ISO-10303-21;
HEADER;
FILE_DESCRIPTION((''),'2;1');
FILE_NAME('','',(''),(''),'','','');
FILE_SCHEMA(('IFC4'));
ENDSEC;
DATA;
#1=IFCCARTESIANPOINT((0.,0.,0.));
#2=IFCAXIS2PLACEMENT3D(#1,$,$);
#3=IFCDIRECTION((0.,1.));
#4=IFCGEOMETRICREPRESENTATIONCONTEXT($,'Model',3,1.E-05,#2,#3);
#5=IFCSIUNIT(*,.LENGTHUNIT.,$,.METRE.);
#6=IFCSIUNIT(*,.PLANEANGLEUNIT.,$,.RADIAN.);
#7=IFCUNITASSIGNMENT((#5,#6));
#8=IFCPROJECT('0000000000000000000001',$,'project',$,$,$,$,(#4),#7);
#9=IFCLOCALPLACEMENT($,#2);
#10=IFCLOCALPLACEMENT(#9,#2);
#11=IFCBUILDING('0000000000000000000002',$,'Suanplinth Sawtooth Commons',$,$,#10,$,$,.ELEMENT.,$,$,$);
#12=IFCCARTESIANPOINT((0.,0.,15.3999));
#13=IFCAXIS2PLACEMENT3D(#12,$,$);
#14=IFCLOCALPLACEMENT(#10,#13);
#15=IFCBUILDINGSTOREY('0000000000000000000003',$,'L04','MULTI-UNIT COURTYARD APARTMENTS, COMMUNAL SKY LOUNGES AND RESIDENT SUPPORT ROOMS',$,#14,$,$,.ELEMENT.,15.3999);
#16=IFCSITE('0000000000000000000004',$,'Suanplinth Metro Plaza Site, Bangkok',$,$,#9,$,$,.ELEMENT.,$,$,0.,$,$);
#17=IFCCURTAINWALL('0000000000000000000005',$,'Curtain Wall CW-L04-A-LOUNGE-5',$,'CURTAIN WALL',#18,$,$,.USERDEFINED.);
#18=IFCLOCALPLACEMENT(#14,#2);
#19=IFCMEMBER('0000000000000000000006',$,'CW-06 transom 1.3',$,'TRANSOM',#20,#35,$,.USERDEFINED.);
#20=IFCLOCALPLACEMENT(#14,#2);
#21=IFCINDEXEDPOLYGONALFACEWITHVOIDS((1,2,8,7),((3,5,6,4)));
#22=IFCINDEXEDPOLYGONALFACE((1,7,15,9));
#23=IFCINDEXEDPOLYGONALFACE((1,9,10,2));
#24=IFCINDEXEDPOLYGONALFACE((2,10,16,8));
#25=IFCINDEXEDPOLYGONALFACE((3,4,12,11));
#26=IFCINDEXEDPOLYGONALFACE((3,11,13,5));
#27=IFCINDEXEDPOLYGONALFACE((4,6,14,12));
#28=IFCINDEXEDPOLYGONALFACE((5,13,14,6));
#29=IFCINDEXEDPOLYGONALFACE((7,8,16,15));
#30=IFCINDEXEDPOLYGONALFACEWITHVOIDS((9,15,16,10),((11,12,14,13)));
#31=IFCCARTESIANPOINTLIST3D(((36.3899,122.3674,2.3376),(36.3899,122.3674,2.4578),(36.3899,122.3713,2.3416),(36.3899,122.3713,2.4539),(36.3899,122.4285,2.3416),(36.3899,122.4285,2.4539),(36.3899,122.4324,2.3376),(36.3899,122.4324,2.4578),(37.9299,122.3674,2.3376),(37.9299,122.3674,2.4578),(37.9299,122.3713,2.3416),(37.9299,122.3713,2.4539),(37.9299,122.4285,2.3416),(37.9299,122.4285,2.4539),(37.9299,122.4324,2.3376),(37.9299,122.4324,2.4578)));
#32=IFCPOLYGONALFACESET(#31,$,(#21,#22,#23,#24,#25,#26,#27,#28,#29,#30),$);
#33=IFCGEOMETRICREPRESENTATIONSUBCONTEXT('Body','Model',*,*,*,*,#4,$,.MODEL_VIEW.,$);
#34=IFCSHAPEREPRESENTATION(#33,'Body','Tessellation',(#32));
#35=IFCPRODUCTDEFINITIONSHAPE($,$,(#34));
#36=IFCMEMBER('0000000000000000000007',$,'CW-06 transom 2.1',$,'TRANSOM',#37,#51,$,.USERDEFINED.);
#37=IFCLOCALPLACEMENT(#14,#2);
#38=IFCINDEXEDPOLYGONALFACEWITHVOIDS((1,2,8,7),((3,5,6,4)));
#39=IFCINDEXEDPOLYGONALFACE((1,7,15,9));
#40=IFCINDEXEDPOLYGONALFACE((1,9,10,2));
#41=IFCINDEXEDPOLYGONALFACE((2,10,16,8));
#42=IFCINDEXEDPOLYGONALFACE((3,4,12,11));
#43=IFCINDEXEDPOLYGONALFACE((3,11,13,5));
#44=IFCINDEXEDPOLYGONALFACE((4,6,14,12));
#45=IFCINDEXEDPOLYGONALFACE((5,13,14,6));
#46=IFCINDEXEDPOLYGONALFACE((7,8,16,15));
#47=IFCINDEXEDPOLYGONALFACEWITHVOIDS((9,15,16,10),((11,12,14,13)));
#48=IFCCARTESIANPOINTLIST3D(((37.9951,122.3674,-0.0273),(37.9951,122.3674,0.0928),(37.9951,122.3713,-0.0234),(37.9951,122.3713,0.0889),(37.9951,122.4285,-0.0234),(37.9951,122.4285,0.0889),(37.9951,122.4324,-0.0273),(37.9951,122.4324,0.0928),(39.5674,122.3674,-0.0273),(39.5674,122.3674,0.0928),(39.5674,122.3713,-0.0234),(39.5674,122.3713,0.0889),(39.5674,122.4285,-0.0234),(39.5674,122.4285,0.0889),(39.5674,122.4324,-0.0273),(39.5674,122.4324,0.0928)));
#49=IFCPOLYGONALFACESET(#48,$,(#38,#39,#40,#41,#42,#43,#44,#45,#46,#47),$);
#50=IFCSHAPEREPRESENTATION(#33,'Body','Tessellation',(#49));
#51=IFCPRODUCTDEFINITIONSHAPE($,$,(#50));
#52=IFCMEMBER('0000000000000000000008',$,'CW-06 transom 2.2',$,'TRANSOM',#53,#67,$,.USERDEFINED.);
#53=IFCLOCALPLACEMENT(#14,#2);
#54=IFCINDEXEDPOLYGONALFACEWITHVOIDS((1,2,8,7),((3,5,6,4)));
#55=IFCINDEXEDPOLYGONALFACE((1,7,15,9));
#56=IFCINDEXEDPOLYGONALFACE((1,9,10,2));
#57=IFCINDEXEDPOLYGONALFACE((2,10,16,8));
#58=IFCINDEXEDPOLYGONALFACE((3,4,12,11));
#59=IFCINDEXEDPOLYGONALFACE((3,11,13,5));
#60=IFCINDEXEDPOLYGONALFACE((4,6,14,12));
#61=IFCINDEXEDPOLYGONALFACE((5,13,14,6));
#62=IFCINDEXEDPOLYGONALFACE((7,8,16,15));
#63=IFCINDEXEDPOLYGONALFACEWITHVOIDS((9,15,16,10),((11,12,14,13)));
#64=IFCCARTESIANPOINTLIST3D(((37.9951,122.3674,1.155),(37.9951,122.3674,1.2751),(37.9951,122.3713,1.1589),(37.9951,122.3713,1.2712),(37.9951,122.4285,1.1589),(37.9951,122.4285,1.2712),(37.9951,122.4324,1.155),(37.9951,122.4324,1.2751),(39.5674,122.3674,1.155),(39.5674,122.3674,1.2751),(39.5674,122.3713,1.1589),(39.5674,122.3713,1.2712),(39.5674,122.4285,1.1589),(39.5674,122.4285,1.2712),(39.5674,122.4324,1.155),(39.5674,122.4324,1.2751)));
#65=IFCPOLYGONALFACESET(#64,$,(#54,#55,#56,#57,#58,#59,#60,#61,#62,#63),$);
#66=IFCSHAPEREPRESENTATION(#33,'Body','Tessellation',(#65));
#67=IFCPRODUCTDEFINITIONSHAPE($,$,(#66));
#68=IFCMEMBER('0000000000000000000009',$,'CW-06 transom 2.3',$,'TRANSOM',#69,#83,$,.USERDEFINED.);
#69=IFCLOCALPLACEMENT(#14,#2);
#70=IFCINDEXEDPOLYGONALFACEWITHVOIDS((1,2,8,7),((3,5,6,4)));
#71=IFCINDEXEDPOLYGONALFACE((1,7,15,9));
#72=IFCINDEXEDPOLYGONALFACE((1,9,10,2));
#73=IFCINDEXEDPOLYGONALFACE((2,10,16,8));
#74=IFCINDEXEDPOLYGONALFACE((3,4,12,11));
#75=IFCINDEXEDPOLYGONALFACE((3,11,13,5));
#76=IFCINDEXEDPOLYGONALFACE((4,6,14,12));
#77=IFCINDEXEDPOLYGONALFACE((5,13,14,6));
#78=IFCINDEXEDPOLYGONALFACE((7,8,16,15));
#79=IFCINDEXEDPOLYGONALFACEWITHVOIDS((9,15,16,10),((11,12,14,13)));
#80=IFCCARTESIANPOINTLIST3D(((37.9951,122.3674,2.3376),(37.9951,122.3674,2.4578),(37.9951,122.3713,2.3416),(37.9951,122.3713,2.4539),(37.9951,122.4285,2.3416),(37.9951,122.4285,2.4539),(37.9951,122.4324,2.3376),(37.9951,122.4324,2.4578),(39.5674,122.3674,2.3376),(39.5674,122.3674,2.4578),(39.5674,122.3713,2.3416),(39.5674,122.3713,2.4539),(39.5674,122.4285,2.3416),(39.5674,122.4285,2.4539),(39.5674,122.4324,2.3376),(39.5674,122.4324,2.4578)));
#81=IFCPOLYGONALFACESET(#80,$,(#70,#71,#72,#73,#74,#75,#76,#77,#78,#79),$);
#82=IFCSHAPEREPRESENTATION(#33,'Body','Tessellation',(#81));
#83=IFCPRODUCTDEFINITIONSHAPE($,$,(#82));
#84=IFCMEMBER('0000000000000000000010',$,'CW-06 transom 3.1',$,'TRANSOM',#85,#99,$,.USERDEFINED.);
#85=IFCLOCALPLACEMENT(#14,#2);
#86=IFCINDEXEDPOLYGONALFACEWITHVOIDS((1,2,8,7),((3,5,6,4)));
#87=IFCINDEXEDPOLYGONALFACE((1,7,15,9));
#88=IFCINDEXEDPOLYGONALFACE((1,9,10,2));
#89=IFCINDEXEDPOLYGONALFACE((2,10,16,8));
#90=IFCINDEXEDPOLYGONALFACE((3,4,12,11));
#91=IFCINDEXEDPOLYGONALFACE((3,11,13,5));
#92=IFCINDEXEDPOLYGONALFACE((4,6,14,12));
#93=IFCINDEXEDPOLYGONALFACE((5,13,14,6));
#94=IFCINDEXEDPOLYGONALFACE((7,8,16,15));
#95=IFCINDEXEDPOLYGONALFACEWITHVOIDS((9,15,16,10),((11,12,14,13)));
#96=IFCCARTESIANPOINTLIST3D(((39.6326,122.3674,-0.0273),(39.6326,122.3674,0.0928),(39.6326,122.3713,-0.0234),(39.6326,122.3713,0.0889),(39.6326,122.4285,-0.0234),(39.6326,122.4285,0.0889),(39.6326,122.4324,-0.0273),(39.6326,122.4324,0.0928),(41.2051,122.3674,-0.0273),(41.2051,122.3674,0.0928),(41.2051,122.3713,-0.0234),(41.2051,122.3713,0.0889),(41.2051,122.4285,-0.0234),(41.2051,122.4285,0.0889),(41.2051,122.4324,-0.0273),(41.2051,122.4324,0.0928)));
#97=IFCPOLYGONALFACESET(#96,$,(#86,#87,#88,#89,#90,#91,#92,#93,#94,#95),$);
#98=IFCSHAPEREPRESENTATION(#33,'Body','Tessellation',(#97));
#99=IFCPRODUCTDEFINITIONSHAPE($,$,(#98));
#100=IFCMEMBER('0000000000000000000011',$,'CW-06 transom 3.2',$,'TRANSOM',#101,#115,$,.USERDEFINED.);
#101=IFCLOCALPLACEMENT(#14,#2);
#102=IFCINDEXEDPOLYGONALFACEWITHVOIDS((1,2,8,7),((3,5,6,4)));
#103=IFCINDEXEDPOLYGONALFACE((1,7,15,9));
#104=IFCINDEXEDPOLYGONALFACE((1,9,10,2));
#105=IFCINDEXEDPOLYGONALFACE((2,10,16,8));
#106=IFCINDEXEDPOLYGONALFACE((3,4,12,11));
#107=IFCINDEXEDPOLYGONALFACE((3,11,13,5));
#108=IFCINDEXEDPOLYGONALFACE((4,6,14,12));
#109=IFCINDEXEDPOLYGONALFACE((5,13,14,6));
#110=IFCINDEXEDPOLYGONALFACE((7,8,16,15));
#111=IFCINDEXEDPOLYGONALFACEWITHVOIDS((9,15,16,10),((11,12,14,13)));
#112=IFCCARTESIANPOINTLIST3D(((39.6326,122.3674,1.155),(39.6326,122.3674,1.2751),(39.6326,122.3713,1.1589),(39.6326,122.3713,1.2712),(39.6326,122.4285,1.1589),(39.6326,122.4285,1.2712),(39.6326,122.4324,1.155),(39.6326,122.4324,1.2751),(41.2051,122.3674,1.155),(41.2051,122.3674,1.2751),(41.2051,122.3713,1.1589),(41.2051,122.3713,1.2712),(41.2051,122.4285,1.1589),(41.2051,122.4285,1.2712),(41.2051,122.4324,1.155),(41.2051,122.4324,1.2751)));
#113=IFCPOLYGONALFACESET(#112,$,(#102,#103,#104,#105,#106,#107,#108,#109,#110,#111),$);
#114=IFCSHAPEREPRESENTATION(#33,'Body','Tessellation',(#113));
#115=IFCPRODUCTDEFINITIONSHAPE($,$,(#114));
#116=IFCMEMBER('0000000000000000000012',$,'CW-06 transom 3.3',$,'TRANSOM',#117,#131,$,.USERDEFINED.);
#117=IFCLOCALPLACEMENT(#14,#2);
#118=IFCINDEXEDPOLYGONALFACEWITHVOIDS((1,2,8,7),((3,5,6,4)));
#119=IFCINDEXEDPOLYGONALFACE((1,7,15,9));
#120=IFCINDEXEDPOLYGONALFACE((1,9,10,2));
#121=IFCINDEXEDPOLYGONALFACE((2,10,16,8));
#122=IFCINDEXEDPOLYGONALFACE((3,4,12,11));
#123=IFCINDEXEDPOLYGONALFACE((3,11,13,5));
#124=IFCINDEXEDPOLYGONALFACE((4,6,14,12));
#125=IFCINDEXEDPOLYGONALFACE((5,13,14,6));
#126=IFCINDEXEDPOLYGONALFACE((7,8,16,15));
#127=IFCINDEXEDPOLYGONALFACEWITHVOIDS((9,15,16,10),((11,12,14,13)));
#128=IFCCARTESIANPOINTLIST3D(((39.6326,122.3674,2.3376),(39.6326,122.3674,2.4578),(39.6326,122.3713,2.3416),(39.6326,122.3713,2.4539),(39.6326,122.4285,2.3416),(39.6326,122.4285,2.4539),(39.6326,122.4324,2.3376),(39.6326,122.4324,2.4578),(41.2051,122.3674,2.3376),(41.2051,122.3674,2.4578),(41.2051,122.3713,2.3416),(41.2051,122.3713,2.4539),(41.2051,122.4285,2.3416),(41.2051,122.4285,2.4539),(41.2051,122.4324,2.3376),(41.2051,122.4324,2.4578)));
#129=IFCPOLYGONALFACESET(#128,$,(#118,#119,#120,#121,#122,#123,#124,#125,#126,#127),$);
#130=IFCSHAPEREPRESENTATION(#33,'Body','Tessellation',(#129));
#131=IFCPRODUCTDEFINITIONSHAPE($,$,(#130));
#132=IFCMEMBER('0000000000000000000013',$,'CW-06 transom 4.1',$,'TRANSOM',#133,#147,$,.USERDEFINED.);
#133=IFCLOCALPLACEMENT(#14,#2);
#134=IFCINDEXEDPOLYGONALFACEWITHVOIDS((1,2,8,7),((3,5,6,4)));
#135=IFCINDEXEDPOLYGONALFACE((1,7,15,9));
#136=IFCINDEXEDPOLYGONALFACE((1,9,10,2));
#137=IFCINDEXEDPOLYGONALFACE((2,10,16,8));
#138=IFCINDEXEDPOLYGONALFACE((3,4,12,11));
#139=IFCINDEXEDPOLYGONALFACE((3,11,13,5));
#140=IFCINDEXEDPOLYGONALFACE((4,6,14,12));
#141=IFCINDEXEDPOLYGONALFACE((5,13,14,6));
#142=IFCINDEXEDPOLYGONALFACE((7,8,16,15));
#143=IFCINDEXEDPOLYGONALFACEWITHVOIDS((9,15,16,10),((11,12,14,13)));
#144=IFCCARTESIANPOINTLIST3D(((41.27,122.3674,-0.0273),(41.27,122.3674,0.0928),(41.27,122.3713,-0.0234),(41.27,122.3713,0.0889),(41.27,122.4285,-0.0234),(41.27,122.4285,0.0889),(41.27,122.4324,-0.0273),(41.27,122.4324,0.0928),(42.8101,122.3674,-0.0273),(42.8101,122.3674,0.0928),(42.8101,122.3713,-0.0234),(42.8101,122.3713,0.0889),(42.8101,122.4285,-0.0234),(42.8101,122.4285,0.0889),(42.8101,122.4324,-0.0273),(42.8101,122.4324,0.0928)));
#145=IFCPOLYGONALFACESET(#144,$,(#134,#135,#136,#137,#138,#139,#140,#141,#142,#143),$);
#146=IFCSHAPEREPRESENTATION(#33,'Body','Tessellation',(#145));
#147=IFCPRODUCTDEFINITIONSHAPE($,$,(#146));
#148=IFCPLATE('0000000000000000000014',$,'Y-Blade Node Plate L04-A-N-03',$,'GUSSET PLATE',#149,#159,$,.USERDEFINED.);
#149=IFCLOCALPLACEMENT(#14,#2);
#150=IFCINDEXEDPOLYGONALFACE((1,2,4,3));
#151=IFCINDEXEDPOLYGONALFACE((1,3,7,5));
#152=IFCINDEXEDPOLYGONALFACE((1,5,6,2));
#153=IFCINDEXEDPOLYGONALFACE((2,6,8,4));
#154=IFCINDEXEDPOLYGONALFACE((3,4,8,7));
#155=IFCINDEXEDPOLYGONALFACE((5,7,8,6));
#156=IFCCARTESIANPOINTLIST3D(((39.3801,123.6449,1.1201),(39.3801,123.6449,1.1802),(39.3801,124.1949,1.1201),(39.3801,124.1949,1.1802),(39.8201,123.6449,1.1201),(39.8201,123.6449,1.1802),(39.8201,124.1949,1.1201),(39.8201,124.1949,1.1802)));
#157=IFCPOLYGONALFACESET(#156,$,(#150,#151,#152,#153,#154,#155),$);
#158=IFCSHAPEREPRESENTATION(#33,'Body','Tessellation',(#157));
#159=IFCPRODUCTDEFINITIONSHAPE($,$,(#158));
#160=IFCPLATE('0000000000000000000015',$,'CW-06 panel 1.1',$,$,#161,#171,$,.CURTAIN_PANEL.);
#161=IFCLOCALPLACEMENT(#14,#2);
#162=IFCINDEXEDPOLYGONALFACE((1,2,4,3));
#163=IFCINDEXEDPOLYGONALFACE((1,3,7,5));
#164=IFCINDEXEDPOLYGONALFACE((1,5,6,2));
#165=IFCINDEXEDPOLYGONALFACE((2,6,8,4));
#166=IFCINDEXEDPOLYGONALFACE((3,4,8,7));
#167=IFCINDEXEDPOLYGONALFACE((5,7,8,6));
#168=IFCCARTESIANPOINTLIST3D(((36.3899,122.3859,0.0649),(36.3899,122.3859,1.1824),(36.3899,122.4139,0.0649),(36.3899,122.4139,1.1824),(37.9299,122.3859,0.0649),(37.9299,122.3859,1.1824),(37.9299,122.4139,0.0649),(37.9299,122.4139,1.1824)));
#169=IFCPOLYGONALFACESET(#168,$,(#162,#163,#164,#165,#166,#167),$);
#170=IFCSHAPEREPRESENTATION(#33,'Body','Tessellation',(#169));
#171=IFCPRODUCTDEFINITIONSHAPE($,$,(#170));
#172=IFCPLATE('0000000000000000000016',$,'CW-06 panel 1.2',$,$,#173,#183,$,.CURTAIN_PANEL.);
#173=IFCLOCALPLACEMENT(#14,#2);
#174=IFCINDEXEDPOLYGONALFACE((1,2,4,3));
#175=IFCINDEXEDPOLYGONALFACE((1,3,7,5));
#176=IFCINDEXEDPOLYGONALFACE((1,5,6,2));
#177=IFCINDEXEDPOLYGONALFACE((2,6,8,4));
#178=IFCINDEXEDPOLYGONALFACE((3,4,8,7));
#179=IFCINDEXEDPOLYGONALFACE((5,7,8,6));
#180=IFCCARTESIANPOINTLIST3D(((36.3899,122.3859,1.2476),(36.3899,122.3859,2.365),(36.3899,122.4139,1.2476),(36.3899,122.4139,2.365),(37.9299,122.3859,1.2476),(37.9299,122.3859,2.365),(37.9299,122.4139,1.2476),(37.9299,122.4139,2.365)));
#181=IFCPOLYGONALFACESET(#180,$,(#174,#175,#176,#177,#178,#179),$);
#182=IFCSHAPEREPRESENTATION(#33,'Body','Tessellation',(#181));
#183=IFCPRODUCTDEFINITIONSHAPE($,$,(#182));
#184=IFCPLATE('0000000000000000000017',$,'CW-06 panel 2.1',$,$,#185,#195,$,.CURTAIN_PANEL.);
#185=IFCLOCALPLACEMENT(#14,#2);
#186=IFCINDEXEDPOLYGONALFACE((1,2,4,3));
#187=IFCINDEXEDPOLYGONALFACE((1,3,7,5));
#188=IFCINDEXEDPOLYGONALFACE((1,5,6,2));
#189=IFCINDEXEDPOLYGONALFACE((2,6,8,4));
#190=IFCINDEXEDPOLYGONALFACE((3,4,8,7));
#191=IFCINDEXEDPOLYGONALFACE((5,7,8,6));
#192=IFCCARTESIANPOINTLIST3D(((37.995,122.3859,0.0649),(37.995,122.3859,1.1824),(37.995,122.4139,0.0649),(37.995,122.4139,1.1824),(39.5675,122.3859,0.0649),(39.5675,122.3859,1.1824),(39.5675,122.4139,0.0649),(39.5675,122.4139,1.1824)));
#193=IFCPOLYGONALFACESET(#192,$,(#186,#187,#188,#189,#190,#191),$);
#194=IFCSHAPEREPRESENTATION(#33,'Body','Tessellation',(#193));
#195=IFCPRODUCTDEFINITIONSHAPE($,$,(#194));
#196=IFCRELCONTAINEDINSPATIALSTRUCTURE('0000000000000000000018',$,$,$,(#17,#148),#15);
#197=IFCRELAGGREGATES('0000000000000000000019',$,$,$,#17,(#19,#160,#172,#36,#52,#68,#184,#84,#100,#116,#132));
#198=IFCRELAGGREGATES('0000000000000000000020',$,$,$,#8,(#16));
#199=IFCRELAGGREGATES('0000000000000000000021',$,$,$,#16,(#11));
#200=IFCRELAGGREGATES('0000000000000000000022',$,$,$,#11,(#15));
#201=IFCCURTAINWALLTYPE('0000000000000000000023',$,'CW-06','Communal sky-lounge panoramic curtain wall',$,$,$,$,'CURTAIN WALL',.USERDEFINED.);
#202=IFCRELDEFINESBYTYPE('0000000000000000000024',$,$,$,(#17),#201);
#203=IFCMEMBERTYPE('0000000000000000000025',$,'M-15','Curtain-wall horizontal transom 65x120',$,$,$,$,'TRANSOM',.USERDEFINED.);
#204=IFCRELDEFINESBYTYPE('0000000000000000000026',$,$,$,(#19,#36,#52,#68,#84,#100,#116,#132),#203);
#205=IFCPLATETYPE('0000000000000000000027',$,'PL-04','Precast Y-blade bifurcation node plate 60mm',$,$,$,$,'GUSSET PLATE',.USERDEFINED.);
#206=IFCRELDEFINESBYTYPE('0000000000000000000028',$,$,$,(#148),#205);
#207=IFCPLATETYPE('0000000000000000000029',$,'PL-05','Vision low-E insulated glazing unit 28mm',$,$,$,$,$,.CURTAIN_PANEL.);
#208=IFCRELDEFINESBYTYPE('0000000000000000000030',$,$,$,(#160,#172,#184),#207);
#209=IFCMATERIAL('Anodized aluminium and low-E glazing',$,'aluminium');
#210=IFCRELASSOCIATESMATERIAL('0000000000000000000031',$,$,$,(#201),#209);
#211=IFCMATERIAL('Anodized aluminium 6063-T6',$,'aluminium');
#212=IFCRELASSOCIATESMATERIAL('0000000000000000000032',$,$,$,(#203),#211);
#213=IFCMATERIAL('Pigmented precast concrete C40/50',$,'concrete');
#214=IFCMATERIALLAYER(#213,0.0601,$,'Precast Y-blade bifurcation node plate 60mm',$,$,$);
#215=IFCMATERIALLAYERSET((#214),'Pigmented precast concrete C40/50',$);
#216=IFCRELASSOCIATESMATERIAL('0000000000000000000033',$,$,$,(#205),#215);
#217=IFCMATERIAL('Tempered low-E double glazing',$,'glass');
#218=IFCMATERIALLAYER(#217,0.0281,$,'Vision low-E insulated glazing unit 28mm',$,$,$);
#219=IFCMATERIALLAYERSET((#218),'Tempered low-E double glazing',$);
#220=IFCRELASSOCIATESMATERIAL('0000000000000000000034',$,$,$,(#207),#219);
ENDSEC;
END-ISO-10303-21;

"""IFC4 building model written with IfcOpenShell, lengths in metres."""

from ifc_helpers import new_model, si_unit, direction, frame, origin, origin_2d, place, context, subcontext, project, spatial, rectangle, hollow_rectangle, extrude, material, layer, layer_set, material_profile, profile_set, type_object, element, aggregate, save


model = new_model("IFC4")

# Units and contexts
model_context = context("Model", 3, precision=1e-05, world=origin(), true_north=direction((0.0, 1.0)))
body_context = subcontext(model_context, "Body", "Model", "MODEL_VIEW")
ifc_project = project(units=[si_unit("LENGTHUNIT", "METRE"), si_unit("PLANEANGLEUNIT", "RADIAN")], contexts=[model_context])

# Site, building, storey
site_placement = place(None, origin())
site = spatial("IfcSite", under=ifc_project, at=site_placement, Name="Suanplinth Metro Plaza Site, Bangkok", CompositionType="ELEMENT", RefElevation=0.0)
building_placement = place(site_placement, origin())
building = spatial("IfcBuilding", under=site, at=building_placement, Name="Suanplinth Sawtooth Commons", CompositionType="ELEMENT")
storey_placement = place(building_placement, frame((0.0, 0.0, 15.3999)))
storey = spatial("IfcBuildingStorey", under=building, at=storey_placement, Name="L04", Description="MULTI-UNIT COURTYARD APARTMENTS, COMMUNAL SKY LOUNGES AND RESIDENT SUPPORT ROOMS", CompositionType="ELEMENT", Elevation=15.3999)

# Shared definitions
ifc_material_1 = material(Name="Pigmented precast concrete C40/50", Category="concrete")

# Curtain wall, members
ifc_material_2 = material(Name="Anodized aluminium and low-E glazing", Category="aluminium")
curtain_wall_type = type_object("IfcCurtainWallType", Name="CW-06", Description="Communal sky-lounge panoramic curtain wall", ElementType="CURTAIN WALL", PredefinedType="USERDEFINED", material=ifc_material_2)
curtain_wall_placement = place(storey_placement, origin())
curtain_wall = element("IfcCurtainWall", 1, at=curtain_wall_placement, inside=storey, type_object=curtain_wall_type, Name="Curtain Wall CW-L04-A-LOUNGE-5", ObjectType="CURTAIN WALL", PredefinedType="USERDEFINED")
ifc_material_3 = material(Name="Anodized aluminium 6063-T6", Category="aluminium")
ifc_material_profile_1 = material_profile(ifc_material_3, hollow_rectangle(XDim=0.0649, YDim=0.1201, WallThickness=0.0039, at=origin_2d()), Name="ALU-TRN 65x120")
ifc_profile_set_1 = profile_set([ifc_material_profile_1], Name="Anodized aluminium 6063-T6")
member_type_1 = type_object("IfcMemberType", Name="M-15", Description="Curtain-wall horizontal transom 65x120", ElementType="TRANSOM", PredefinedType="USERDEFINED", material=ifc_profile_set_1)
member_1_placement = place(storey_placement, frame((36.3899, 122.3999, 2.3977), z_axis=(1.0, 0.0, 0.0), x_axis=(0.0, 1.0, 0.0)))
member_1 = element("IfcMember", 2, at=member_1_placement, type_object=member_type_1, Name="CW-06 transom 1.3", ObjectType="TRANSOM", PredefinedType="USERDEFINED", context=body_context, shape_type="SweptSolid", body=[
    extrude(hollow_rectangle(XDim=0.0649, YDim=0.1201, WallThickness=0.0039, at=origin_2d()), origin(), (0.0, 0.0, 1.0), 1.54),
])
member_2_placement = place(storey_placement, frame((37.9951, 122.3999, 0.0327), z_axis=(1.0, 0.0, 0.0), x_axis=(0.0, 1.0, 0.0)))
member_2 = element("IfcMember", 3, at=member_2_placement, type_object=member_type_1, Name="CW-06 transom 2.1", ObjectType="TRANSOM", PredefinedType="USERDEFINED", context=body_context, shape_type="SweptSolid", body=[
    extrude(hollow_rectangle(XDim=0.0649, YDim=0.1201, WallThickness=0.0039, at=origin_2d()), origin(), (0.0, 0.0, 1.0), 1.5723),
])
member_3_placement = place(storey_placement, frame((37.9951, 122.3999, 1.2151), z_axis=(1.0, 0.0, 0.0), x_axis=(0.0, 1.0, 0.0)))
member_3 = element("IfcMember", 4, at=member_3_placement, type_object=member_type_1, Name="CW-06 transom 2.2", ObjectType="TRANSOM", PredefinedType="USERDEFINED", context=body_context, shape_type="SweptSolid", body=[
    extrude(hollow_rectangle(XDim=0.0649, YDim=0.1201, WallThickness=0.0039, at=origin_2d()), origin(), (0.0, 0.0, 1.0), 1.5723),
])
member_4_placement = place(storey_placement, frame((37.9951, 122.3999, 2.3977), z_axis=(1.0, 0.0, 0.0), x_axis=(0.0, 1.0, 0.0)))
member_4 = element("IfcMember", 5, at=member_4_placement, type_object=member_type_1, Name="CW-06 transom 2.3", ObjectType="TRANSOM", PredefinedType="USERDEFINED", context=body_context, shape_type="SweptSolid", body=[
    extrude(hollow_rectangle(XDim=0.0649, YDim=0.1201, WallThickness=0.0039, at=origin_2d()), origin(), (0.0, 0.0, 1.0), 1.5723),
])
member_5_placement = place(storey_placement, frame((39.6326, 122.3999, 0.0327), z_axis=(1.0, 0.0, 0.0), x_axis=(0.0, 1.0, 0.0)))
member_5 = element("IfcMember", 6, at=member_5_placement, type_object=member_type_1, Name="CW-06 transom 3.1", ObjectType="TRANSOM", PredefinedType="USERDEFINED", context=body_context, shape_type="SweptSolid", body=[
    extrude(hollow_rectangle(XDim=0.0649, YDim=0.1201, WallThickness=0.0039, at=origin_2d()), origin(), (0.0, 0.0, 1.0), 1.5725),
])
member_6_placement = place(storey_placement, frame((39.6326, 122.3999, 1.2151), z_axis=(1.0, 0.0, 0.0), x_axis=(0.0, 1.0, 0.0)))
member_6 = element("IfcMember", 7, at=member_6_placement, type_object=member_type_1, Name="CW-06 transom 3.2", ObjectType="TRANSOM", PredefinedType="USERDEFINED", context=body_context, shape_type="SweptSolid", body=[
    extrude(hollow_rectangle(XDim=0.0649, YDim=0.1201, WallThickness=0.0039, at=origin_2d()), origin(), (0.0, 0.0, 1.0), 1.5725),
])
member_7_placement = place(storey_placement, frame((39.6326, 122.3999, 2.3977), z_axis=(1.0, 0.0, 0.0), x_axis=(0.0, 1.0, 0.0)))
member_7 = element("IfcMember", 8, at=member_7_placement, type_object=member_type_1, Name="CW-06 transom 3.3", ObjectType="TRANSOM", PredefinedType="USERDEFINED", context=body_context, shape_type="SweptSolid", body=[
    extrude(hollow_rectangle(XDim=0.0649, YDim=0.1201, WallThickness=0.0039, at=origin_2d()), origin(), (0.0, 0.0, 1.0), 1.5725),
])
member_8_placement = place(storey_placement, frame((41.27, 122.3999, 0.0327), z_axis=(1.0, 0.0, 0.0), x_axis=(0.0, 1.0, 0.0)))
member_8 = element("IfcMember", 9, at=member_8_placement, type_object=member_type_1, Name="CW-06 transom 4.1", ObjectType="TRANSOM", PredefinedType="USERDEFINED", context=body_context, shape_type="SweptSolid", body=[
    extrude(hollow_rectangle(XDim=0.0649, YDim=0.1201, WallThickness=0.0039, at=origin_2d()), origin(), (0.0, 0.0, 1.0), 1.54),
])

# Plates
ifc_layer_1 = layer(ifc_material_1, 0.0601, Name="Precast Y-blade bifurcation node plate 60mm")
ifc_layer_set_1 = layer_set([ifc_layer_1], Name="Pigmented precast concrete C40/50")
plate_type_1 = type_object("IfcPlateType", Name="PL-04", Description="Precast Y-blade bifurcation node plate 60mm", ElementType="GUSSET PLATE", PredefinedType="USERDEFINED", material=ifc_layer_set_1)
plate_1_placement = place(storey_placement, frame((39.6001, 123.9199, 1.1201), z_axis=(0.0, 0.0, 1.0), x_axis=(1.0, 0.0, 0.0)))
element("IfcPlate", 10, at=plate_1_placement, inside=storey, type_object=plate_type_1, Name="Y-Blade Node Plate L04-A-N-03", ObjectType="GUSSET PLATE", PredefinedType="USERDEFINED", context=body_context, shape_type="SweptSolid", body=[
    extrude(rectangle(XDim=0.4399, YDim=0.55, at=origin_2d()), origin(), (0.0, 0.0, 1.0), 0.0601),
])
ifc_material_4 = material(Name="Tempered low-E double glazing", Category="glass")
ifc_layer_2 = layer(ifc_material_4, 0.0281, Name="Vision low-E insulated glazing unit 28mm")
ifc_layer_set_2 = layer_set([ifc_layer_2], Name="Tempered low-E double glazing")
plate_type_2 = type_object("IfcPlateType", Name="PL-05", Description="Vision low-E insulated glazing unit 28mm", PredefinedType="CURTAIN_PANEL", material=ifc_layer_set_2)
plate_2_placement = place(storey_placement, frame((37.1599, 122.3999, 0.0649), z_axis=(0.0, 0.0, 1.0), x_axis=(1.0, 0.0, 0.0)))
plate_2 = element("IfcPlate", 11, at=plate_2_placement, type_object=plate_type_2, Name="CW-06 panel 1.1", PredefinedType="CURTAIN_PANEL", context=body_context, shape_type="SweptSolid", body=[
    extrude(rectangle(XDim=1.54, YDim=0.0281, at=origin_2d()), origin(), (0.0, 0.0, 1.0), 1.1174),
])
plate_3_placement = place(storey_placement, frame((37.1599, 122.3999, 1.2476), z_axis=(0.0, 0.0, 1.0), x_axis=(1.0, 0.0, 0.0)))
plate_3 = element("IfcPlate", 12, at=plate_3_placement, type_object=plate_type_2, Name="CW-06 panel 1.2", PredefinedType="CURTAIN_PANEL", context=body_context, shape_type="SweptSolid", body=[
    extrude(rectangle(XDim=1.54, YDim=0.0281, at=origin_2d()), origin(), (0.0, 0.0, 1.0), 1.1174),
])
plate_4_placement = place(storey_placement, frame((38.7812, 122.3999, 0.0649), z_axis=(0.0, 0.0, 1.0), x_axis=(1.0, 0.0, 0.0)))
plate_4 = element("IfcPlate", 13, at=plate_4_placement, type_object=plate_type_2, Name="CW-06 panel 2.1", PredefinedType="CURTAIN_PANEL", context=body_context, shape_type="SweptSolid", body=[
    extrude(rectangle(XDim=1.5725, YDim=0.0281, at=origin_2d()), origin(), (0.0, 0.0, 1.0), 1.1174),
])
aggregate(curtain_wall, [member_1, plate_2, plate_3, member_2, member_3, member_4, plate_4, member_5, member_6, member_7, member_8])

save(model, "model.ifc")
